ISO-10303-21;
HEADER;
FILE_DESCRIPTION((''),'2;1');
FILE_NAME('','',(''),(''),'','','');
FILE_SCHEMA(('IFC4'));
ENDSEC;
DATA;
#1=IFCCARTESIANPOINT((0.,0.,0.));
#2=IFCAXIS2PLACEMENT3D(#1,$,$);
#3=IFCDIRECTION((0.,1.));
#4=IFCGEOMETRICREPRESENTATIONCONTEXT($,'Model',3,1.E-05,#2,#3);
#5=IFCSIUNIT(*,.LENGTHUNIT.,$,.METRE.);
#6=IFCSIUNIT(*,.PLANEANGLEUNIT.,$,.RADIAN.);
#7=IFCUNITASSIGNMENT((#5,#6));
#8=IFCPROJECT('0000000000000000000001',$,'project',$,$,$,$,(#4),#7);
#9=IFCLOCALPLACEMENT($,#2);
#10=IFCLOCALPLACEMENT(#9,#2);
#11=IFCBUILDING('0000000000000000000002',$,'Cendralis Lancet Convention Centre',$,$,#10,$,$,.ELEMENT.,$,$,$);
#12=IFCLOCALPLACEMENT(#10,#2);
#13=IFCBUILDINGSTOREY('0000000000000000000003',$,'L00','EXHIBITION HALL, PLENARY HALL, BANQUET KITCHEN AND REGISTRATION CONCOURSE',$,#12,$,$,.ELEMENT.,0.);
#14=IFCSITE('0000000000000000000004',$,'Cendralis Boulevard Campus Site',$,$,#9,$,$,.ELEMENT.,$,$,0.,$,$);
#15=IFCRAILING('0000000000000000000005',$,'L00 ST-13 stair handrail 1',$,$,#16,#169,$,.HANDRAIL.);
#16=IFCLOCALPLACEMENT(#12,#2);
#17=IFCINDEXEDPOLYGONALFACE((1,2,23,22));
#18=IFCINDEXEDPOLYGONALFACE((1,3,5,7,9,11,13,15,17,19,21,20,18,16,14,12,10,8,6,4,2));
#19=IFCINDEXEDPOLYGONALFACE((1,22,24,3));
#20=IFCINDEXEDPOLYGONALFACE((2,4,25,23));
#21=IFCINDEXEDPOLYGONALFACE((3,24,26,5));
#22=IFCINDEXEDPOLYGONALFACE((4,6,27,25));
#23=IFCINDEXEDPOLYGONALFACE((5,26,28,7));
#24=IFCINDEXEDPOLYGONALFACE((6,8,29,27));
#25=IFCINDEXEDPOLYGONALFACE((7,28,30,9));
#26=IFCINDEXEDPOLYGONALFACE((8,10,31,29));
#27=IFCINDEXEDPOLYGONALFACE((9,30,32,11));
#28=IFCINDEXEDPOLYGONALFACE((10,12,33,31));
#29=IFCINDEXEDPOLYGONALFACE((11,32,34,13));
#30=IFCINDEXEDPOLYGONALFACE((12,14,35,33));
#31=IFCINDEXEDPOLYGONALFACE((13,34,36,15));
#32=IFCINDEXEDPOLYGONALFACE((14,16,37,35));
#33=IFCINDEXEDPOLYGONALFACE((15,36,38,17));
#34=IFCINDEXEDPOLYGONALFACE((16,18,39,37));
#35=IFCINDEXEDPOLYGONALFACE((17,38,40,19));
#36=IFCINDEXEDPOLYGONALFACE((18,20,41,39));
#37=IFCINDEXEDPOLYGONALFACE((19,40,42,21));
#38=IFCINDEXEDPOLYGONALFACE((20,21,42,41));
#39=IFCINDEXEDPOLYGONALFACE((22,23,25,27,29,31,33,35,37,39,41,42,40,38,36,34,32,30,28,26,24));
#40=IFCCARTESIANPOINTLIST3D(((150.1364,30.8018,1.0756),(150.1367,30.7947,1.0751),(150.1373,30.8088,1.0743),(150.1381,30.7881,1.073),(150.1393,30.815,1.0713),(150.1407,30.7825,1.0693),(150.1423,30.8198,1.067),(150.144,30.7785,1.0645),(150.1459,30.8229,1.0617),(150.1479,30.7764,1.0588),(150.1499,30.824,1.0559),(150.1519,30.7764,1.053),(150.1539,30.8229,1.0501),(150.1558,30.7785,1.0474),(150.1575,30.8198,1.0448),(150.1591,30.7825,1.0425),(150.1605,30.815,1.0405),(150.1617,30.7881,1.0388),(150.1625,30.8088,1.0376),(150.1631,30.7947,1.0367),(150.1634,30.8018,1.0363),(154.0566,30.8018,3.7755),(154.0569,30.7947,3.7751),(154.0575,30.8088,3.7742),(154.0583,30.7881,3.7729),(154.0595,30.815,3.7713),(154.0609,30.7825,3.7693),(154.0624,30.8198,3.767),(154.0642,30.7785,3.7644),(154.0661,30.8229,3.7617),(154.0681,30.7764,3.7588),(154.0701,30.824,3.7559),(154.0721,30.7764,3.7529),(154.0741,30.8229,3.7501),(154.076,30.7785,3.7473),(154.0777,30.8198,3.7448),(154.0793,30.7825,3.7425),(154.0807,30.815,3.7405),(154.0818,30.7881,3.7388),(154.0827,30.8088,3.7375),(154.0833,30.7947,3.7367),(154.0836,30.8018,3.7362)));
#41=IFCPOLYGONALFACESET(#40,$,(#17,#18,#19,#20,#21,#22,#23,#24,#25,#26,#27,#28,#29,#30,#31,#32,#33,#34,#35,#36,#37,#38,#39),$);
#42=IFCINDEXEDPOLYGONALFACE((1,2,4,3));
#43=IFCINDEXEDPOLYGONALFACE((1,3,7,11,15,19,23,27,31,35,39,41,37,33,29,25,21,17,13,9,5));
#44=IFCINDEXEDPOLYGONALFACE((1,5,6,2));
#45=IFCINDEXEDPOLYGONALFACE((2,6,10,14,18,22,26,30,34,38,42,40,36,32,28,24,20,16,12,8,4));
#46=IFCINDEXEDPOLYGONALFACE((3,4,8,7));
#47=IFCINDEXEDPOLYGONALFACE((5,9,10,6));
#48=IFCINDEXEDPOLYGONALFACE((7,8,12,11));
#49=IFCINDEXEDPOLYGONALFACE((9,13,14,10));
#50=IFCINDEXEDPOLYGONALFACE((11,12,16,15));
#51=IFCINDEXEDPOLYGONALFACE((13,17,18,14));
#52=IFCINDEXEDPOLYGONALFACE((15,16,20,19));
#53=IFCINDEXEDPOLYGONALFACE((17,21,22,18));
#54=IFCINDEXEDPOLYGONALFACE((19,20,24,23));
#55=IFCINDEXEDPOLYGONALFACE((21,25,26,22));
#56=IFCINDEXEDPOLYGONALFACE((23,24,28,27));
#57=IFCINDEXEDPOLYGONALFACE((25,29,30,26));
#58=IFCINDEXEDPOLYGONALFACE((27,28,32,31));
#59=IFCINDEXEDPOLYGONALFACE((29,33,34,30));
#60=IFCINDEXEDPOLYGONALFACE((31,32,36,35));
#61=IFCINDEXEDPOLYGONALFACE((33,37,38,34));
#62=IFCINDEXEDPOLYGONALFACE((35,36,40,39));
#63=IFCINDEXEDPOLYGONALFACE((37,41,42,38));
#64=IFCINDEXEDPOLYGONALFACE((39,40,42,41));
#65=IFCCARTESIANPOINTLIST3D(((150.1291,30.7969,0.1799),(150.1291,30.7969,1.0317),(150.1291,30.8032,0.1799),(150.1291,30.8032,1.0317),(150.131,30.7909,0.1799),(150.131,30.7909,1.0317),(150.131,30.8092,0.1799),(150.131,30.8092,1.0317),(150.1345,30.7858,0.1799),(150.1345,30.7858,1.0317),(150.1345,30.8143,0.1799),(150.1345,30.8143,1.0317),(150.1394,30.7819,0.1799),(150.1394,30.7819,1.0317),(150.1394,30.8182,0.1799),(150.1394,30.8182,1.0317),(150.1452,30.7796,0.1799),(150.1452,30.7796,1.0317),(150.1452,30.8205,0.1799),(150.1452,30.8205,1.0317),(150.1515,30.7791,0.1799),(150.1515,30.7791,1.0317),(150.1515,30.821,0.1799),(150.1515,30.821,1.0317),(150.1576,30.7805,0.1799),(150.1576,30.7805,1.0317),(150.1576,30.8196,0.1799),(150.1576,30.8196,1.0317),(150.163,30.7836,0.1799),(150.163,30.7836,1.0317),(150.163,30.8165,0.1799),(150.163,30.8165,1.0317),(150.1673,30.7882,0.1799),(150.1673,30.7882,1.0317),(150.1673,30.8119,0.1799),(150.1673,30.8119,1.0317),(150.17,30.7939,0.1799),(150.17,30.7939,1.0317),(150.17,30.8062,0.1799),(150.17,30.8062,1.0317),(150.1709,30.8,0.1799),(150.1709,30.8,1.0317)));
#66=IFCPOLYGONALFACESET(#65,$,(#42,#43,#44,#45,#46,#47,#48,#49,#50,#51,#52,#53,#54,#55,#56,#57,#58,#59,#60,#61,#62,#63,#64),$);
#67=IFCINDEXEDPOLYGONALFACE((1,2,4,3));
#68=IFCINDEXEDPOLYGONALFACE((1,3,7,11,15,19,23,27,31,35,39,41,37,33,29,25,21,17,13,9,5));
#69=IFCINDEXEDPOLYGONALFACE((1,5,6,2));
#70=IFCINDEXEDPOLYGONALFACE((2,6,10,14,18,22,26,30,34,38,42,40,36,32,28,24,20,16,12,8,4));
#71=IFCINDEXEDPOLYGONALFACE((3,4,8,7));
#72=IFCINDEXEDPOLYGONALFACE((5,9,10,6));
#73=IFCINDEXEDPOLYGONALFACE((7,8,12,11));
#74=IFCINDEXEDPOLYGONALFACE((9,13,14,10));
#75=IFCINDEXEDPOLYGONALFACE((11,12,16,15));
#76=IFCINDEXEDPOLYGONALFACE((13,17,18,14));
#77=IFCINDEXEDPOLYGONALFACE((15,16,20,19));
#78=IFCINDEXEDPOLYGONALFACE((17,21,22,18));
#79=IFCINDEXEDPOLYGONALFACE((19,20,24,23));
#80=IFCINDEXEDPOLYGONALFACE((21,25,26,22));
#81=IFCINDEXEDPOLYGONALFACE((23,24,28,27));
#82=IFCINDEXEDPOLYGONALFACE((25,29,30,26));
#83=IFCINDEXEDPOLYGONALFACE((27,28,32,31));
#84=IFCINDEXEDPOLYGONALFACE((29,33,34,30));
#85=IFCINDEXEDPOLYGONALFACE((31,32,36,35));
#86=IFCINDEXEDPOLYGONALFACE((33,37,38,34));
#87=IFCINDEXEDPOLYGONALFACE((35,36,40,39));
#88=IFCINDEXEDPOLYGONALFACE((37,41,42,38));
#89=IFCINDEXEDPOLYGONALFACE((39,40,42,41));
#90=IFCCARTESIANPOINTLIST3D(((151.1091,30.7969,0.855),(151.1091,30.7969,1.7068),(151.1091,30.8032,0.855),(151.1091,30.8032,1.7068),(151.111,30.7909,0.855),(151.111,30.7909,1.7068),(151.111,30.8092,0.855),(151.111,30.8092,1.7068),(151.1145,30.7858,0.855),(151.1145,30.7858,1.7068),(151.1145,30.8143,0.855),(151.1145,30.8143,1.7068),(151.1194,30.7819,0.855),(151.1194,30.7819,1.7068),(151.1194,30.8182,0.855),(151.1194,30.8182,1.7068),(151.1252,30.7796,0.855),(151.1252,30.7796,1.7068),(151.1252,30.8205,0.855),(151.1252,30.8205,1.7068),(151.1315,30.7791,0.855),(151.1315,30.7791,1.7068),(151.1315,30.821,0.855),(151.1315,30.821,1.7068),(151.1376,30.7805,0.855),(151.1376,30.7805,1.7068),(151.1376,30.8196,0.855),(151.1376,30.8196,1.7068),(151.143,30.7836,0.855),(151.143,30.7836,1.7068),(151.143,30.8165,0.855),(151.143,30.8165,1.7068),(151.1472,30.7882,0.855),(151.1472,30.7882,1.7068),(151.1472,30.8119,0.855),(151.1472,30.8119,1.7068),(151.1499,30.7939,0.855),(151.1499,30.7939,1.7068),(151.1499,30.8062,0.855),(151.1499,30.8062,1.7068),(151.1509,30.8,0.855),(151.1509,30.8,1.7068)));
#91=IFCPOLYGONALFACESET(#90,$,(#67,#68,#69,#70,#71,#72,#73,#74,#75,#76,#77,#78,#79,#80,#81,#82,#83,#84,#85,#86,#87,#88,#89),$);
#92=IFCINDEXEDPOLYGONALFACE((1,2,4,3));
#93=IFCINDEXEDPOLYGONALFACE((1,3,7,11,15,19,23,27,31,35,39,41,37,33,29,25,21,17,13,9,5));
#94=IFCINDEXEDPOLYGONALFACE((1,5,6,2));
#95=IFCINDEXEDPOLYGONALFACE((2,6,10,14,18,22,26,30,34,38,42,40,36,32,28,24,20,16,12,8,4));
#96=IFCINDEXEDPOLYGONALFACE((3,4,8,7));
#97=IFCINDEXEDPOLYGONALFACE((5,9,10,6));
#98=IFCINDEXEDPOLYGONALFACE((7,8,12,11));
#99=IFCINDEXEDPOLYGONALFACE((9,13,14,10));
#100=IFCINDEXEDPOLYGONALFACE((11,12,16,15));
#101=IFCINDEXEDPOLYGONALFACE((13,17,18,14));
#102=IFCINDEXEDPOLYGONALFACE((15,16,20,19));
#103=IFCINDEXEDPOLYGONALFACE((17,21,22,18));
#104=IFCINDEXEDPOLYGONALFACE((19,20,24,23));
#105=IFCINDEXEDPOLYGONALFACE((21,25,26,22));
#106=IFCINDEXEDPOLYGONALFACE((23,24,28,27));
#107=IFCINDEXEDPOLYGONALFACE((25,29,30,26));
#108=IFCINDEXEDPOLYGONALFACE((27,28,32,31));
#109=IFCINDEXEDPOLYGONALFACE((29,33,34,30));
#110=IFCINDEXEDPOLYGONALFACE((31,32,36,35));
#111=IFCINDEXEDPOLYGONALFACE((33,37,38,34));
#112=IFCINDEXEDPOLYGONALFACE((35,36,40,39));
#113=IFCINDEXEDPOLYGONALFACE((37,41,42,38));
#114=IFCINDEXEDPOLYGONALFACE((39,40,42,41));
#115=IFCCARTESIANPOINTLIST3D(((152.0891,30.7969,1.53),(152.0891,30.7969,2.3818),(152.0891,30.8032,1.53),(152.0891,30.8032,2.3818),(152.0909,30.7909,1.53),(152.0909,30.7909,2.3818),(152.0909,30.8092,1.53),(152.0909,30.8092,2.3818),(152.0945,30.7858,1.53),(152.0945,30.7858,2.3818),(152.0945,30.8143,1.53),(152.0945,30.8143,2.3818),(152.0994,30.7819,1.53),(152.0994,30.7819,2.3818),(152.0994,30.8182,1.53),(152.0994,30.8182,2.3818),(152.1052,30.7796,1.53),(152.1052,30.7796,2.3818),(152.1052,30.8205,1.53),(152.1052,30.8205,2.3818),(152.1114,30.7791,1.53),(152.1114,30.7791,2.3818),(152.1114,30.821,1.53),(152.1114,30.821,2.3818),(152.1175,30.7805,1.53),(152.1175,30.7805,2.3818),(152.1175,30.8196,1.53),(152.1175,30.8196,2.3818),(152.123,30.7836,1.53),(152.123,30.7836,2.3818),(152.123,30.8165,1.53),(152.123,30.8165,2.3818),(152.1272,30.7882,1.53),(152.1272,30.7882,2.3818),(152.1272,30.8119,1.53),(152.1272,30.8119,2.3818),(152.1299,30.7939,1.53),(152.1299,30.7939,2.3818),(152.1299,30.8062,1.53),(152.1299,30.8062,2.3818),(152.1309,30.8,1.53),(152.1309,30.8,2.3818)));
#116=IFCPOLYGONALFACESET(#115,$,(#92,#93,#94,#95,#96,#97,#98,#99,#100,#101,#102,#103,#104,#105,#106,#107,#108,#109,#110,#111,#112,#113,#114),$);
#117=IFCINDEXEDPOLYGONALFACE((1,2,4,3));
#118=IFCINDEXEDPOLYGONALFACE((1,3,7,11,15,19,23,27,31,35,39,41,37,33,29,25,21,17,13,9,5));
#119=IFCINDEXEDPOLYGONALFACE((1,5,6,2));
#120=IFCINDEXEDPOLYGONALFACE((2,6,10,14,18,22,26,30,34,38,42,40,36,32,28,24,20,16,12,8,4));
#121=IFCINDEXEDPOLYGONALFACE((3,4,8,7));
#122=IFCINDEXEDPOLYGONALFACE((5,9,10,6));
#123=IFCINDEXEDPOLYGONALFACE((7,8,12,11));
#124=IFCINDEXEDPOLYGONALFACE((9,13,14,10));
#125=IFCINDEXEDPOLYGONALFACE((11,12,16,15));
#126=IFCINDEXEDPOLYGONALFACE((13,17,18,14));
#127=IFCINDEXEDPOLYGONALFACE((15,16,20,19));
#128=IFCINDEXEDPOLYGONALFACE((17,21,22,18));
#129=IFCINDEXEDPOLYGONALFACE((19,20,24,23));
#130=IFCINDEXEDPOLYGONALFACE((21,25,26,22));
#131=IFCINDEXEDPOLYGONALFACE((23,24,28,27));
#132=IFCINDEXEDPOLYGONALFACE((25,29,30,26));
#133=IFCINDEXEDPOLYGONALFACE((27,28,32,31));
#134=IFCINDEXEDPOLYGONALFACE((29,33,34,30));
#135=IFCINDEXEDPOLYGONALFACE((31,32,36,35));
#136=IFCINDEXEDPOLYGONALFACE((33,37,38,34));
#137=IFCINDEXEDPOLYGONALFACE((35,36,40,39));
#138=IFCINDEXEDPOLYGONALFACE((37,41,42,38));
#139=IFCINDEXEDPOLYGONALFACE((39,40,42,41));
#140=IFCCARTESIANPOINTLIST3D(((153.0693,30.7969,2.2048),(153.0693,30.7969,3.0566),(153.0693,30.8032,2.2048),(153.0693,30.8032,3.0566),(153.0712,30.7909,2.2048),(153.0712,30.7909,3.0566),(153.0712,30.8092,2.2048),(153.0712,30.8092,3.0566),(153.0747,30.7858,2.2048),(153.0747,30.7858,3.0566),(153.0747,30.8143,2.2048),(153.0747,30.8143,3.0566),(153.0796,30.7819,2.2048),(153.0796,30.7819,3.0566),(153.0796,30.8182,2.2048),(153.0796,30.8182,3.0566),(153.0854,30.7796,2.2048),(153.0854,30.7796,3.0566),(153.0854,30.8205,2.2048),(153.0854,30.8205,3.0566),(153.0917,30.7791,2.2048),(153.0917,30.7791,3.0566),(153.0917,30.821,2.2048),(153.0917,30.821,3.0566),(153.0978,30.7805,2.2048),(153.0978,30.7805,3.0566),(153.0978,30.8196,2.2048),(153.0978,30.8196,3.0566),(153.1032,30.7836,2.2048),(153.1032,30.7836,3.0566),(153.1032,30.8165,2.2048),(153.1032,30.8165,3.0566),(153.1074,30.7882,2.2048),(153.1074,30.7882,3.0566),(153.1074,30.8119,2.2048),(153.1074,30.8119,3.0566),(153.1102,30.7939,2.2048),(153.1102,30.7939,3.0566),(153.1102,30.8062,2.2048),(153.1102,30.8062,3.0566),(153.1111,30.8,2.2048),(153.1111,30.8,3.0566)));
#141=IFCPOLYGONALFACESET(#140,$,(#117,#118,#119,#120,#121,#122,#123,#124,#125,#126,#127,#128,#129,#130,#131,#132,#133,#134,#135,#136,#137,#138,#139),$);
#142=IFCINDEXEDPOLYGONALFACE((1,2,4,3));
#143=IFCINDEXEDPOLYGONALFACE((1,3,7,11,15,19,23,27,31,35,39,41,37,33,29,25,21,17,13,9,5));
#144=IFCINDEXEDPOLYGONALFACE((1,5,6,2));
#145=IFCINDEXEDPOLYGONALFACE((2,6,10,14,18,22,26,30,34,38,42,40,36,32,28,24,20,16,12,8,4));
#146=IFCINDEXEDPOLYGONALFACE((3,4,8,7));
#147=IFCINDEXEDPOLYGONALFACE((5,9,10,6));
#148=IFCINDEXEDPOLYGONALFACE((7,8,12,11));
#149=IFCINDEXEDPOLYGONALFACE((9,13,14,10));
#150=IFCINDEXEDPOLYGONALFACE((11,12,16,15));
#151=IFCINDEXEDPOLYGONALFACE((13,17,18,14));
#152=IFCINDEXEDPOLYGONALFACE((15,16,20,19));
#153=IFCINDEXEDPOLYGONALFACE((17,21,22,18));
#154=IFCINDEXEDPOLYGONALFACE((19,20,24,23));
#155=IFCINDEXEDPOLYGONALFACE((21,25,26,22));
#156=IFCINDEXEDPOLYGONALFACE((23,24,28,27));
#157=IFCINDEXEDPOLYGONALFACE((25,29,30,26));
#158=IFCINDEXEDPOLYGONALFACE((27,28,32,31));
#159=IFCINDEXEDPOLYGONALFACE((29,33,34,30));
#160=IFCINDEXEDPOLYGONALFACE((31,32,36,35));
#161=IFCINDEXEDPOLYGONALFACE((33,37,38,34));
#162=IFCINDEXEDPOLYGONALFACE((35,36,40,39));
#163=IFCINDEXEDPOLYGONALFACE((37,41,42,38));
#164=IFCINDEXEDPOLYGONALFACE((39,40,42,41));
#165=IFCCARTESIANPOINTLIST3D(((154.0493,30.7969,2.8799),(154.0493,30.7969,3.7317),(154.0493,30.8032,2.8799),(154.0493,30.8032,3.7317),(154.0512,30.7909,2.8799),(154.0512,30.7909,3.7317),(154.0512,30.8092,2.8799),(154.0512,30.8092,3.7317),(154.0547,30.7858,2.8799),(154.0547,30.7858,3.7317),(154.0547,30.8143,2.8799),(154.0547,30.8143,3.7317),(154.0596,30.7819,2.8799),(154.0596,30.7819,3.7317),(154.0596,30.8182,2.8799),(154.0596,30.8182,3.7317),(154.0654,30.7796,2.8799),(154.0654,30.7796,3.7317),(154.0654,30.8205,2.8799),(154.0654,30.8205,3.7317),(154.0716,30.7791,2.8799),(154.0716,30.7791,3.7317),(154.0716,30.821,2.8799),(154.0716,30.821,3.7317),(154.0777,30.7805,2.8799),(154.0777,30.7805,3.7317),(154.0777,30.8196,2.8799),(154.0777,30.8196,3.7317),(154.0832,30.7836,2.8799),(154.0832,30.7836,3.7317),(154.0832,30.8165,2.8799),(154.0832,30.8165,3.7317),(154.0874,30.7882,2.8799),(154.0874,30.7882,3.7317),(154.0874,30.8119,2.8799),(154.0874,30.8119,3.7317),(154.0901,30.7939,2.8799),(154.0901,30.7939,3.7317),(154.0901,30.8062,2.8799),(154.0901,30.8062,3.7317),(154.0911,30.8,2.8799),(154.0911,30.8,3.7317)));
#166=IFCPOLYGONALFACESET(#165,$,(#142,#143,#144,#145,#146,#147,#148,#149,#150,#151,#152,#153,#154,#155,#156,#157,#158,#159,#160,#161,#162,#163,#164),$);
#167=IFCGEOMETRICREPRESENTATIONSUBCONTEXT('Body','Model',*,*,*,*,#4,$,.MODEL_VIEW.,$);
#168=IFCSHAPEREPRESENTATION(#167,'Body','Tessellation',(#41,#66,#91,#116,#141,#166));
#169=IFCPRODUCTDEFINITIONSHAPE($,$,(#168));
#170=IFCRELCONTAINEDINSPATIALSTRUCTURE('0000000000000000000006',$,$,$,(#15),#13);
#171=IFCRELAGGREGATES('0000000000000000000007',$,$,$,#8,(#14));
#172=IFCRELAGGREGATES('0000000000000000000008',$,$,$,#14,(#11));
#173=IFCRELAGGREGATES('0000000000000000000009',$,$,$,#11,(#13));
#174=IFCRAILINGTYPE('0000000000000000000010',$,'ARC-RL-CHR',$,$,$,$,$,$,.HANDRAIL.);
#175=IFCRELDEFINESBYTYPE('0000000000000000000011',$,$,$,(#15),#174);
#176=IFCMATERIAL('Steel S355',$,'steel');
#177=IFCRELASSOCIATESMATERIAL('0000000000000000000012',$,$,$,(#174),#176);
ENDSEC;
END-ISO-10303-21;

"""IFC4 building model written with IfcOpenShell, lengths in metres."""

from ifc_helpers import new_model, si_unit, direction, frame, origin, origin_2d, place, context, subcontext, project, spatial, circle, extrude, material, type_object, element, save


model = new_model("IFC4")

# Units and contexts
model_context = context("Model", 3, precision=1e-05, world=origin(), true_north=direction((0.0, 1.0)))
body_context = subcontext(model_context, "Body", "Model", "MODEL_VIEW")
ifc_project = project(units=[si_unit("LENGTHUNIT", "METRE"), si_unit("PLANEANGLEUNIT", "RADIAN")], contexts=[model_context])

# Site, building, storey
site_placement = place(None, origin())
site = spatial("IfcSite", under=ifc_project, at=site_placement, Name="Cendralis Boulevard Campus Site", CompositionType="ELEMENT", RefElevation=0.0)
building_placement = place(site_placement, origin())
building = spatial("IfcBuilding", under=site, at=building_placement, Name="Cendralis Lancet Convention Centre", CompositionType="ELEMENT")
storey_placement = place(building_placement, origin())
storey = spatial("IfcBuildingStorey", under=building, at=storey_placement, Name="L00", Description="EXHIBITION HALL, PLENARY HALL, BANQUET KITCHEN AND REGISTRATION CONCOURSE", CompositionType="ELEMENT", Elevation=0.0)

# Shared definitions
ifc_material_1 = material(Name="Steel S355", Category="steel")

# Railing
railing_type_1 = type_object("IfcRailingType", Name="ARC-RL-CHR", PredefinedType="HANDRAIL", material=ifc_material_1)
railing_1_placement = place(storey_placement, frame((150.1499, 30.8, 0.1799)))
element("IfcRailing", 1, at=railing_1_placement, inside=storey, type_object=railing_type_1, Name="L00 ST-13 stair handrail 1", PredefinedType="HANDRAIL", context=body_context, shape_type="SweptSolid", body=[
    extrude(circle(Radius=0.0239, at=origin_2d()), frame((0.0, 0.0, 0.876), z_axis=(0.823567, 0.0, 0.567219), x_axis=(0.0, 1.0, 0.0)), (0.0, 0.0, 1.0), 4.76),
    extrude(circle(Radius=0.021, at=origin_2d()), origin(), (0.0, 0.0, 1.0), 0.8518),
    extrude(circle(Radius=0.021, at=origin_2d()), frame((0.98, 0.0, 0.675)), (0.0, 0.0, 1.0), 0.8518),
    extrude(circle(Radius=0.021, at=origin_2d()), frame((1.96, 0.0, 1.3501)), (0.0, 0.0, 1.0), 0.8518),
    extrude(circle(Radius=0.021, at=origin_2d()), frame((2.9402, 0.0, 2.0249)), (0.0, 0.0, 1.0), 0.8518),
    extrude(circle(Radius=0.021, at=origin_2d()), frame((3.9202, 0.0, 2.7)), (0.0, 0.0, 1.0), 0.8518),
])

save(model, "model.ifc")
